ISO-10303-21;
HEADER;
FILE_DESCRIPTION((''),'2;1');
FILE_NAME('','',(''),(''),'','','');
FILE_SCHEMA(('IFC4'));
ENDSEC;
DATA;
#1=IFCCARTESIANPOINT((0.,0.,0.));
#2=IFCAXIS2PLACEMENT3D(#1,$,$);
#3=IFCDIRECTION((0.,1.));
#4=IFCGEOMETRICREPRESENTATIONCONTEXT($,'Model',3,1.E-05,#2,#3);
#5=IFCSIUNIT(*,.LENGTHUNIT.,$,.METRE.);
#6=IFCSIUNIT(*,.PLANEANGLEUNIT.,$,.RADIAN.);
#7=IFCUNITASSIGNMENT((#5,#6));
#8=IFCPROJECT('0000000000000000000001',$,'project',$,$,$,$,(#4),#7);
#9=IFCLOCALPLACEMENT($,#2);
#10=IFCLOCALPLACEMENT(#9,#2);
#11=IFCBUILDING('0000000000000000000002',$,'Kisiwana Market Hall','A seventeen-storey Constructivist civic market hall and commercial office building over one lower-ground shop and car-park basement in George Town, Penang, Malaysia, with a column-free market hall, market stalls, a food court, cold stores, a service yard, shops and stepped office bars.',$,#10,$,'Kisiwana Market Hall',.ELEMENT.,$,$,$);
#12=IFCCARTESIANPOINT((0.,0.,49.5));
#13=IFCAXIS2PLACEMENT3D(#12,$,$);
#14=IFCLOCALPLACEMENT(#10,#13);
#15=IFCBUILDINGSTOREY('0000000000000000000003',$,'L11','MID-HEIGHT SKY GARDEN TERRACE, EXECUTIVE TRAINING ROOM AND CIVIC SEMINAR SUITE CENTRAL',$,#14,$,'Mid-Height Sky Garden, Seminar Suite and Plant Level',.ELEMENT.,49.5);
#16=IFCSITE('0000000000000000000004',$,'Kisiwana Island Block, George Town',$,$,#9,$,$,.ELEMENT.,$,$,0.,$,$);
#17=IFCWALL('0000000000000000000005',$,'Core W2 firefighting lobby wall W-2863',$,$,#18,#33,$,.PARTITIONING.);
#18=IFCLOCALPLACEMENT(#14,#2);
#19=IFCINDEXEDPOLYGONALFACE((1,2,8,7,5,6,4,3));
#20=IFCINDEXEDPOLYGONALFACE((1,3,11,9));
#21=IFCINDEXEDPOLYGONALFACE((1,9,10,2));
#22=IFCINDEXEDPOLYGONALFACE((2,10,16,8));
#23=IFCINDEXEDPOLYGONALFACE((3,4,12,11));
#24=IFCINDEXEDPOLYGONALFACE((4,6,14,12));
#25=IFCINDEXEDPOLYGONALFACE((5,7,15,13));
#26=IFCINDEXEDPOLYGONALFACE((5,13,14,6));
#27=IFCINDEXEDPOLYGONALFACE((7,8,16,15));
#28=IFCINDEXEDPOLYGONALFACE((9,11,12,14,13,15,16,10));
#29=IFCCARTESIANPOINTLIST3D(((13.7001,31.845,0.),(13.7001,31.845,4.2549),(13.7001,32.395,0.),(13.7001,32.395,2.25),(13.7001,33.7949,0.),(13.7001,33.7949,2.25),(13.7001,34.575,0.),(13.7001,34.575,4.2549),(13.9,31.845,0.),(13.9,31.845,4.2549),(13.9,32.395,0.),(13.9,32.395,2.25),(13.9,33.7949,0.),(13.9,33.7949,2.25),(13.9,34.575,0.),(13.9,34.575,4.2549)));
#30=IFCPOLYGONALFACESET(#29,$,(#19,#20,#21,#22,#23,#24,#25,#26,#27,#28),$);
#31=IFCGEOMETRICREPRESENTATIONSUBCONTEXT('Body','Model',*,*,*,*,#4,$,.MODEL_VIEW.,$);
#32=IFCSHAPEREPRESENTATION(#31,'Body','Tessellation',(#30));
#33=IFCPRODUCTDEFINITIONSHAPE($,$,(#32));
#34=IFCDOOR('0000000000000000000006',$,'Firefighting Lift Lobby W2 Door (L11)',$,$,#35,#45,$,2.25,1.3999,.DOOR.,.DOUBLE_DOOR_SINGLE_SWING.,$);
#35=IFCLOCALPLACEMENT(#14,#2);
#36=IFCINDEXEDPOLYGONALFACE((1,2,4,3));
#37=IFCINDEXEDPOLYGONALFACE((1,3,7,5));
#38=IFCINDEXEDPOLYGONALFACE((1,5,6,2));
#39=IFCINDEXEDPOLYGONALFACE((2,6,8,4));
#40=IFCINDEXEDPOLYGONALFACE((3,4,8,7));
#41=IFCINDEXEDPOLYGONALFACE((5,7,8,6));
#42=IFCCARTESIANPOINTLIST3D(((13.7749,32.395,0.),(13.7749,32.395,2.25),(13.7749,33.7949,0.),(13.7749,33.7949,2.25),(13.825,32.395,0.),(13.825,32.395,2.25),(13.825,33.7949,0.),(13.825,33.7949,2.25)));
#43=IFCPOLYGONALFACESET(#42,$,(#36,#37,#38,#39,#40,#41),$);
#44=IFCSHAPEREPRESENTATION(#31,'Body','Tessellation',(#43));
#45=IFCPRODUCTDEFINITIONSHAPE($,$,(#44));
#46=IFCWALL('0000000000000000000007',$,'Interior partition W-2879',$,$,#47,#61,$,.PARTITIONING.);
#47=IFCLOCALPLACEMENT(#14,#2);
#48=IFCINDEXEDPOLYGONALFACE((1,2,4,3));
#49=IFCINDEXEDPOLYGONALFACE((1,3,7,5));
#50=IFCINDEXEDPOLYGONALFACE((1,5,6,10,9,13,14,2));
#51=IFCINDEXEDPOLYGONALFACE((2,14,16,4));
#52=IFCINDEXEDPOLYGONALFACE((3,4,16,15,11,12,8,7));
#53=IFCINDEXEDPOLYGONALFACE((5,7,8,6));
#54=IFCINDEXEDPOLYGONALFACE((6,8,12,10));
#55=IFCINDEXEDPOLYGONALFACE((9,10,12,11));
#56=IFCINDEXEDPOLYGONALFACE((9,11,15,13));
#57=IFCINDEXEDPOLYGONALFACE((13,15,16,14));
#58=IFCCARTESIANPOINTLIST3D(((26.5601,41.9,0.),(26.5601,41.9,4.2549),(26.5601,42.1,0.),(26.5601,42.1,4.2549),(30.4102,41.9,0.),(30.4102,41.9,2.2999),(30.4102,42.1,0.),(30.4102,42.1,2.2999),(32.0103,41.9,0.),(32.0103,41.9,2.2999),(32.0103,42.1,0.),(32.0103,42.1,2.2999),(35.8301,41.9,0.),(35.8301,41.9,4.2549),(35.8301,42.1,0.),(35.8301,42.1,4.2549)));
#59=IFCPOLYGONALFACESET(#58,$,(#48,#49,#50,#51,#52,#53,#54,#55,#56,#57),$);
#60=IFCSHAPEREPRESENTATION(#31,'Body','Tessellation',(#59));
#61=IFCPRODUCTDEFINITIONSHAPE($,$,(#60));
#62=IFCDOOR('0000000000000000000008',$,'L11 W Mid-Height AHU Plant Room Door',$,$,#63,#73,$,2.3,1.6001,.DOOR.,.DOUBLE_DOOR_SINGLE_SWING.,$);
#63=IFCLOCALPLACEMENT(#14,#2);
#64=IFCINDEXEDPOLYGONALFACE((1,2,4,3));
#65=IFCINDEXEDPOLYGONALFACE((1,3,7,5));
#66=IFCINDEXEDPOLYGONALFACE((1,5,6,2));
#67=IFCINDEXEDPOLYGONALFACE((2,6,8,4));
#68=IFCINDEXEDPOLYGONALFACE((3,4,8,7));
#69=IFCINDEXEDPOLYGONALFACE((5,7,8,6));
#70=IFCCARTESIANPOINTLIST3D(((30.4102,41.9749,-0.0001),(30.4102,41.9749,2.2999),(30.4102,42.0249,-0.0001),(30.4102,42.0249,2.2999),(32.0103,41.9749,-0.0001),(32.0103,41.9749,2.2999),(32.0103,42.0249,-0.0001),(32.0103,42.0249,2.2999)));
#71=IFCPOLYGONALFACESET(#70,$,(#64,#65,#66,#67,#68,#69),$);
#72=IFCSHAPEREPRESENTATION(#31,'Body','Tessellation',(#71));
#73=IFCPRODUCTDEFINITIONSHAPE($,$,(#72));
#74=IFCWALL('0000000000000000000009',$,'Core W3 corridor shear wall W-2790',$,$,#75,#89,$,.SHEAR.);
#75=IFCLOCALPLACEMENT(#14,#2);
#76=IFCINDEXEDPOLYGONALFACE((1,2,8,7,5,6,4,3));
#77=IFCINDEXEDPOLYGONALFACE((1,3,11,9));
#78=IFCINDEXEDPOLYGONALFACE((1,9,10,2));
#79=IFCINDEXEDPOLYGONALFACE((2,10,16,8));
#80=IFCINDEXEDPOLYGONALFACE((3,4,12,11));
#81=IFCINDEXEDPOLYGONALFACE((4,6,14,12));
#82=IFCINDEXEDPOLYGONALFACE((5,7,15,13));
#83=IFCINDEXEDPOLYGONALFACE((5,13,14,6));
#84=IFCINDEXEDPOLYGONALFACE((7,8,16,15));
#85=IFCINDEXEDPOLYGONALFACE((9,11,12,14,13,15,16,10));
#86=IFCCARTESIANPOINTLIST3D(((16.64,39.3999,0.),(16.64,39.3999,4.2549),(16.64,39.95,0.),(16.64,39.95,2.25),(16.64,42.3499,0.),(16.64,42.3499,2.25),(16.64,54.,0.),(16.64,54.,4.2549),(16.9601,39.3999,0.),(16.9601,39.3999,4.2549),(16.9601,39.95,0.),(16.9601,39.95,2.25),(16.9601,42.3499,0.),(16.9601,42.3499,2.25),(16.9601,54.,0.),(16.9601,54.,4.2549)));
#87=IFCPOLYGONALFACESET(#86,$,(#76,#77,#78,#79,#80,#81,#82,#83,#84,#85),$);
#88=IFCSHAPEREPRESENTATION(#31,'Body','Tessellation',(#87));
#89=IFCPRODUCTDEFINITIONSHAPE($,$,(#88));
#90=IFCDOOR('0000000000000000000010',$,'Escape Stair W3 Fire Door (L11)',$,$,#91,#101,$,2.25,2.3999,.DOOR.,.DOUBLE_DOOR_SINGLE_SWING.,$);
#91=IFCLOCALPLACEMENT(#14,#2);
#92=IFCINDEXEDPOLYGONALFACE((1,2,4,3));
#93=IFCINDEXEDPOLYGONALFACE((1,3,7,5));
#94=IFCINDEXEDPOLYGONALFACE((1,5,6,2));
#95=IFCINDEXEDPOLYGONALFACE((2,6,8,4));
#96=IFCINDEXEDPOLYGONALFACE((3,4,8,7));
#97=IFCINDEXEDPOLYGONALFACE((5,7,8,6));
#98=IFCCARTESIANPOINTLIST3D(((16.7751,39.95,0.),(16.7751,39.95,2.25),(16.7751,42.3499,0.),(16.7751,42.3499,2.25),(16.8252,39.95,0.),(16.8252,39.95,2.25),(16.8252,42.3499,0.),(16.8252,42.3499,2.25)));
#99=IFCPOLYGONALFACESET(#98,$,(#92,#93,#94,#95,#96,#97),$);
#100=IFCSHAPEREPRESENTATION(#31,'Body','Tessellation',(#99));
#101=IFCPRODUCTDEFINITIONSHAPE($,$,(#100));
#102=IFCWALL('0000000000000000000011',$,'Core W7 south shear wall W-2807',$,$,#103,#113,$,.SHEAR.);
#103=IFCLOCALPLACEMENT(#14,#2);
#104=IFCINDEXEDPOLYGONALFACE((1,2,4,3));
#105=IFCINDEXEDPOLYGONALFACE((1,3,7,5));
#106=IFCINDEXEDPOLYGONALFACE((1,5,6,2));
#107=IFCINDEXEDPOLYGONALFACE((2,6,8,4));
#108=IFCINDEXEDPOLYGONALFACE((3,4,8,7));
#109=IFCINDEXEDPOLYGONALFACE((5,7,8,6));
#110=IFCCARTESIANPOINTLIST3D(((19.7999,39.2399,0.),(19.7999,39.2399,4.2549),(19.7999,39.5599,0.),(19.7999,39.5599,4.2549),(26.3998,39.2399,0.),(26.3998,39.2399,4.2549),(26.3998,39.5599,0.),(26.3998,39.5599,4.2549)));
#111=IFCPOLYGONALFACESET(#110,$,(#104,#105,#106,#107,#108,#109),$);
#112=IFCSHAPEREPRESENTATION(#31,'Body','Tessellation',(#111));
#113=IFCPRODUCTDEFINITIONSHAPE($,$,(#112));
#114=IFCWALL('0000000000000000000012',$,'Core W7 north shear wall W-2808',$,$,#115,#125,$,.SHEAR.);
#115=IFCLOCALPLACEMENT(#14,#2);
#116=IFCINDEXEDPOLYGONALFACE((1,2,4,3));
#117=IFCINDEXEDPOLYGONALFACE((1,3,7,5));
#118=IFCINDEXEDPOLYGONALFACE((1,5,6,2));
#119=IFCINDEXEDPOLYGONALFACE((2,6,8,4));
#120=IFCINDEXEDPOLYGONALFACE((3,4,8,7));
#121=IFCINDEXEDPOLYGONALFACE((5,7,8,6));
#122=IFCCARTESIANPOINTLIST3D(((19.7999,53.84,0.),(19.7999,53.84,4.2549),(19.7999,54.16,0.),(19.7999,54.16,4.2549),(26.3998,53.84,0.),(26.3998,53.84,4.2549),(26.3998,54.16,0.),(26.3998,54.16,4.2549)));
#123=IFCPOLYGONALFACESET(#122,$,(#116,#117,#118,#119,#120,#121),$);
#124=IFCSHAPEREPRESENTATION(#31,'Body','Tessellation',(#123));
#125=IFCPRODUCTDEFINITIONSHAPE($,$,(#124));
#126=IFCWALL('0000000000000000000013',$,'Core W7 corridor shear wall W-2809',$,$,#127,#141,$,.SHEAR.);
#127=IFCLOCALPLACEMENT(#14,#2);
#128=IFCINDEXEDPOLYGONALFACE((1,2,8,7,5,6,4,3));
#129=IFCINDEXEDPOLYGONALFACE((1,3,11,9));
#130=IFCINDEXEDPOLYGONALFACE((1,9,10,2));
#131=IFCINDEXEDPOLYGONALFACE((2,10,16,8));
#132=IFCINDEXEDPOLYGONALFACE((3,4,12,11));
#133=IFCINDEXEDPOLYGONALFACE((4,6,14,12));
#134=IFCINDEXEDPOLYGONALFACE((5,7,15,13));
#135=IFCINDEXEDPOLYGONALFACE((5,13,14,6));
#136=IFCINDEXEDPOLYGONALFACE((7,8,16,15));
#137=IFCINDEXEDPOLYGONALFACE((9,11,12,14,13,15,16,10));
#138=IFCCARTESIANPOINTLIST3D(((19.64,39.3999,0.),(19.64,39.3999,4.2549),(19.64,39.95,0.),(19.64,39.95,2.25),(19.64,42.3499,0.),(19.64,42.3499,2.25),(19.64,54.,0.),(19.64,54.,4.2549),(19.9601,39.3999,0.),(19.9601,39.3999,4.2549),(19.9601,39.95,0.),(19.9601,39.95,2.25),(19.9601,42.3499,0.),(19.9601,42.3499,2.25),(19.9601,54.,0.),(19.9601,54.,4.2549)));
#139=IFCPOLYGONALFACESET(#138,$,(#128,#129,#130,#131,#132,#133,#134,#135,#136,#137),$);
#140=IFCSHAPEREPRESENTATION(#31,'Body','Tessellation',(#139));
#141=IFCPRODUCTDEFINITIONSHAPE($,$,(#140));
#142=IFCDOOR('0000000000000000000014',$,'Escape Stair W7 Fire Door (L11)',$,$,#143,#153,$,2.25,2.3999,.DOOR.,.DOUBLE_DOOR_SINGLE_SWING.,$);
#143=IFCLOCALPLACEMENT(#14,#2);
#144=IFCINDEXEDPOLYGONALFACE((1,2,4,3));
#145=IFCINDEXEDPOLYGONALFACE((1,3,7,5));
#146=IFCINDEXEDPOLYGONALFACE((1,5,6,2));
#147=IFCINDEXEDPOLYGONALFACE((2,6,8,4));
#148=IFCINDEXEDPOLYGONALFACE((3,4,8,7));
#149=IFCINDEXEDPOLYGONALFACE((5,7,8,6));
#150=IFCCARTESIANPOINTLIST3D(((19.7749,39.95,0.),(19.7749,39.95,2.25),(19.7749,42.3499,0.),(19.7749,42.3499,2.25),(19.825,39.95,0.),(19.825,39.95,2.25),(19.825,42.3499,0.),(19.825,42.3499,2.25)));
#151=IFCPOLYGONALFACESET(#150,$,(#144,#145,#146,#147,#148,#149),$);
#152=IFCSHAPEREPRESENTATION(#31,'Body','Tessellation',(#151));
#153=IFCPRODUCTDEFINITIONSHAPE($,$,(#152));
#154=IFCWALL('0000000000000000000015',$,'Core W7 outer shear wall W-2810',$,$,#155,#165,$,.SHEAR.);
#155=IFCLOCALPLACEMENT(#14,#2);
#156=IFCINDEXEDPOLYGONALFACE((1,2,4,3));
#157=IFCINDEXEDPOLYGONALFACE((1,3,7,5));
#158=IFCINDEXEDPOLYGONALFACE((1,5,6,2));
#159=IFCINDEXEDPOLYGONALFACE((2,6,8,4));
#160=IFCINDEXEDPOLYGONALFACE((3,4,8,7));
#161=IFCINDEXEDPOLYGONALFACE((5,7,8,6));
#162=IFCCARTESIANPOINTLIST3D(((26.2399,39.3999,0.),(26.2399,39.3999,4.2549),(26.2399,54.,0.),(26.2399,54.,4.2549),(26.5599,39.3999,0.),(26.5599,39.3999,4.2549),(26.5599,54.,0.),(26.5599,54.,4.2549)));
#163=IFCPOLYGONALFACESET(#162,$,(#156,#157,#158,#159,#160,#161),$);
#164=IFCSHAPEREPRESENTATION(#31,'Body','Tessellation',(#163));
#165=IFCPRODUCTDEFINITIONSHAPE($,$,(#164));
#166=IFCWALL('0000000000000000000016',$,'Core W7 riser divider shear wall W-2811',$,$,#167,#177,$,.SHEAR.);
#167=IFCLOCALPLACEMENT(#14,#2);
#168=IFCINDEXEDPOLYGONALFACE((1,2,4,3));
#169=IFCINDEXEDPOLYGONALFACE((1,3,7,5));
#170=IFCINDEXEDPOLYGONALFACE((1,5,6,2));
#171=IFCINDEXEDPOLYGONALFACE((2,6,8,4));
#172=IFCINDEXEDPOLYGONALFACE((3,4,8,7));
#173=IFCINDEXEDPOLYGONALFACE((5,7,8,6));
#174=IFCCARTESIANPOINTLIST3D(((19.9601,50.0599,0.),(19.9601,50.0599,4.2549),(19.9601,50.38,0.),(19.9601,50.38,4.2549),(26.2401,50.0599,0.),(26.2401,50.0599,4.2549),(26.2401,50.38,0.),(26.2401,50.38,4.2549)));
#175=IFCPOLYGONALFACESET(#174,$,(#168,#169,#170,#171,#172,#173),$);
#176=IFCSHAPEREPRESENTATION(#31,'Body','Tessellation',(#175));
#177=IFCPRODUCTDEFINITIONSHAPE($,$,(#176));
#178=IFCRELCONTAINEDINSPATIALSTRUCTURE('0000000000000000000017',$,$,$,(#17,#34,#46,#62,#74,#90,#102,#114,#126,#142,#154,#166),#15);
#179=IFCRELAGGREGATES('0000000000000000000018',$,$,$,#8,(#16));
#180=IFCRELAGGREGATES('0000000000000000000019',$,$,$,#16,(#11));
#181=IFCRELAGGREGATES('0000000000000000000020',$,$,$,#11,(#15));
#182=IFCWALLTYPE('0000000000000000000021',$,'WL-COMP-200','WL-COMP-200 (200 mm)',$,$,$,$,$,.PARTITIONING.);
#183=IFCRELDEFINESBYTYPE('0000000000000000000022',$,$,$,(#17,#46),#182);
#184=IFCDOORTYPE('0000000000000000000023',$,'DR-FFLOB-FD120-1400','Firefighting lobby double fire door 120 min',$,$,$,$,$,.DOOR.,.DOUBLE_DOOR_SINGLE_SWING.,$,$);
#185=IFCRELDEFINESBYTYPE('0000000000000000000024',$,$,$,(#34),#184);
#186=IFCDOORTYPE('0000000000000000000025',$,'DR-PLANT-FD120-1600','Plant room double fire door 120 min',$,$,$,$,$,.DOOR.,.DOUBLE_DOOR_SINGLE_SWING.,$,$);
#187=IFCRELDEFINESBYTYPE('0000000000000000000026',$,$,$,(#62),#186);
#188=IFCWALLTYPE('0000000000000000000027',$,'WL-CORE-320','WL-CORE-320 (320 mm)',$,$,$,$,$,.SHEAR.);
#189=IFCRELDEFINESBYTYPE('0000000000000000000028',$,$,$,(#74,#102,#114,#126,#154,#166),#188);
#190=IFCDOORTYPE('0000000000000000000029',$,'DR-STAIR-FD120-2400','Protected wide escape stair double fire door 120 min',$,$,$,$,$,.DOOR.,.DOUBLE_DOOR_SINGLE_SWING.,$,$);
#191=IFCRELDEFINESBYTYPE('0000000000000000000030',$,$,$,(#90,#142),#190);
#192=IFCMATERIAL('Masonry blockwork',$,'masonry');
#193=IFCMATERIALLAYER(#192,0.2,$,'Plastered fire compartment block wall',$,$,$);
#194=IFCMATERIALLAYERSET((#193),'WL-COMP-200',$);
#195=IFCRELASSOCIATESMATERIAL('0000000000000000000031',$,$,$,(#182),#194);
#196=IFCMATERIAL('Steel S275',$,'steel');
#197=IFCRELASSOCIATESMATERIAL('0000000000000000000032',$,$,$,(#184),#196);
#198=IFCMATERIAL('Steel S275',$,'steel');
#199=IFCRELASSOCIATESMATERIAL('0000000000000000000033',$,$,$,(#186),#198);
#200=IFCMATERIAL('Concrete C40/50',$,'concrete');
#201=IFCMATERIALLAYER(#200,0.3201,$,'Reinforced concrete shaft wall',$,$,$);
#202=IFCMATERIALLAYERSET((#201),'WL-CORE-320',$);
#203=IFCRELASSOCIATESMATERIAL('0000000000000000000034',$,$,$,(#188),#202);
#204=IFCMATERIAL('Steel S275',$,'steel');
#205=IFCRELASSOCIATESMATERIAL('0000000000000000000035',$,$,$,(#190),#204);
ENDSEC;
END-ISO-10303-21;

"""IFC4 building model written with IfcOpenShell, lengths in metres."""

from ifc_helpers import new_model, si_unit, direction, frame, frame_2d, origin, place, context, subcontext, project, spatial, rectangle, extrude, material, layer, layer_set, type_object, element, fill, save


model = new_model("IFC4")

# Units and contexts
model_context = context("Model", 3, precision=1e-05, world=origin(), true_north=direction((0.0, 1.0)))
body_context = subcontext(model_context, "Body", "Model", "MODEL_VIEW")
ifc_project = project(units=[si_unit("LENGTHUNIT", "METRE"), si_unit("PLANEANGLEUNIT", "RADIAN")], contexts=[model_context])

# Site, building, storey
site_placement = place(None, origin())
site = spatial("IfcSite", under=ifc_project, at=site_placement, Name="Kisiwana Island Block, George Town", CompositionType="ELEMENT", RefElevation=0.0)
building_placement = place(site_placement, origin())
building = spatial("IfcBuilding", under=site, at=building_placement, Name="Kisiwana Market Hall", Description="A seventeen-storey Constructivist civic market hall and commercial office building over one lower-ground shop and car-park basement in George Town, Penang, Malaysia, with a column-free market hall, market stalls, a food court, cold stores, a service yard, shops and stepped office bars.", LongName="Kisiwana Market Hall", CompositionType="ELEMENT")
storey_placement = place(building_placement, frame((0.0, 0.0, 49.5)))
storey = spatial("IfcBuildingStorey", under=building, at=storey_placement, Name="L11", Description="MID-HEIGHT SKY GARDEN TERRACE, EXECUTIVE TRAINING ROOM AND CIVIC SEMINAR SUITE CENTRAL", LongName="Mid-Height Sky Garden, Seminar Suite and Plant Level", CompositionType="ELEMENT", Elevation=49.5)

# Walls, openings, doors
ifc_material_1 = material(Name="Masonry blockwork", Category="masonry")
ifc_layer_1 = layer(ifc_material_1, 0.2, Name="Plastered fire compartment block wall")
ifc_layer_set_1 = layer_set([ifc_layer_1], Name="WL-COMP-200")
wall_type_1 = type_object("IfcWallType", Name="WL-COMP-200", Description="WL-COMP-200 (200 mm)", PredefinedType="PARTITIONING", material=ifc_layer_set_1)
wall_1_placement = place(storey_placement, frame((13.8, 31.845, 0.0), z_axis=(0.0, 0.0, 1.0), x_axis=(0.0, 1.0, 0.0)))
wall_1 = element("IfcWall", 1, at=wall_1_placement, inside=storey, type_object=wall_type_1, Name="Core W2 firefighting lobby wall W-2863", PredefinedType="PARTITIONING", context=body_context, shape_type="SweptSolid", body=[
    extrude(rectangle(XDim=2.73, YDim=0.2, at=frame_2d((1.365, 0.0))), origin(), (0.0, 0.0, 1.0), 4.2549),
])
opening_1_placement = place(wall_1_placement, frame((0.55, 0.0, 0.0)))
opening_1 = element("IfcOpeningElement", 2, at=opening_1_placement, cuts=wall_1, PredefinedType="OPENING", context=body_context, shape_type="SweptSolid", body=[
    extrude(rectangle(XDim=1.3999, YDim=2.25, at=frame_2d((0.7, 1.125))), frame((0.0, 0.1118, 0.0), z_axis=(0.0, -1.0, 0.0), x_axis=(1.0, 0.0, 0.0)), (0.0, 0.0, 1.0), 0.2239),
])
ifc_material_2 = material(Name="Steel S275", Category="steel")
door_type_1 = type_object("IfcDoorType", Name="DR-FFLOB-FD120-1400", Description="Firefighting lobby double fire door 120 min", OperationType="DOUBLE_DOOR_SINGLE_SWING", PredefinedType="DOOR", material=ifc_material_2)
door_1_placement = place(opening_1_placement, frame((1.3999, 0.0, 0.0), z_axis=(0.0, 0.0, 1.0), x_axis=(-1.0, 0.0, 0.0)))
door_1 = element("IfcDoor", 3, at=door_1_placement, inside=storey, type_object=door_type_1, Name="Firefighting Lift Lobby W2 Door (L11)", OperationType="DOUBLE_DOOR_SINGLE_SWING", OverallHeight=2.25, OverallWidth=1.3999, PredefinedType="DOOR", context=body_context, shape_type="SweptSolid", body=[
    extrude(rectangle(XDim=1.3999, YDim=2.25, at=frame_2d((0.7, 1.125))), frame((0.0, 0.0249, 0.0), z_axis=(0.0, -1.0, 0.0), x_axis=(1.0, 0.0, 0.0)), (0.0, 0.0, 1.0), 0.05),
])
fill(opening_1, door_1)
wall_2_placement = place(storey_placement, frame((26.5601, 42.0, 0.0), z_axis=(0.0, 0.0, 1.0), x_axis=(1.0, 0.0, 0.0)))
wall_2 = element("IfcWall", 4, at=wall_2_placement, inside=storey, type_object=wall_type_1, Name="Interior partition W-2879", PredefinedType="PARTITIONING", context=body_context, shape_type="SweptSolid", body=[
    extrude(rectangle(XDim=9.27, YDim=0.2, at=frame_2d((4.635, 0.0))), origin(), (0.0, 0.0, 1.0), 4.2549),
])
opening_2_placement = place(wall_2_placement, frame((3.8501, 0.0, 0.0)))
opening_2 = element("IfcOpeningElement", 5, at=opening_2_placement, cuts=wall_2, PredefinedType="OPENING", context=body_context, shape_type="SweptSolid", body=[
    extrude(rectangle(XDim=1.6001, YDim=2.3, at=frame_2d((0.8, 1.1499))), frame((0.0, 0.1118, 0.0), z_axis=(0.0, -1.0, 0.0), x_axis=(1.0, 0.0, 0.0)), (0.0, 0.0, 1.0), 0.2239),
])
ifc_material_3 = material(Name="Steel S275", Category="steel")
door_type_2 = type_object("IfcDoorType", Name="DR-PLANT-FD120-1600", Description="Plant room double fire door 120 min", OperationType="DOUBLE_DOOR_SINGLE_SWING", PredefinedType="DOOR", material=ifc_material_3)
door_2_placement = place(opening_2_placement, origin())
door_2 = element("IfcDoor", 6, at=door_2_placement, inside=storey, type_object=door_type_2, Name="L11 W Mid-Height AHU Plant Room Door", OperationType="DOUBLE_DOOR_SINGLE_SWING", OverallHeight=2.3, OverallWidth=1.6001, PredefinedType="DOOR", context=body_context, shape_type="SweptSolid", body=[
    extrude(rectangle(XDim=1.6001, YDim=2.3, at=frame_2d((0.8, 1.1499))), frame((0.0, 0.0249, 0.0), z_axis=(0.0, -1.0, 0.0), x_axis=(1.0, 0.0, 0.0)), (0.0, 0.0, 1.0), 0.05),
])
fill(opening_2, door_2)
ifc_material_4 = material(Name="Concrete C40/50", Category="concrete")
ifc_layer_2 = layer(ifc_material_4, 0.3201, Name="Reinforced concrete shaft wall")
ifc_layer_set_2 = layer_set([ifc_layer_2], Name="WL-CORE-320")
wall_type_2 = type_object("IfcWallType", Name="WL-CORE-320", Description="WL-CORE-320 (320 mm)", PredefinedType="SHEAR", material=ifc_layer_set_2)
wall_3_placement = place(storey_placement, frame((16.8, 39.3999, 0.0), z_axis=(0.0, 0.0, 1.0), x_axis=(0.0, 1.0, 0.0)))
wall_3 = element("IfcWall", 7, at=wall_3_placement, inside=storey, type_object=wall_type_2, Name="Core W3 corridor shear wall W-2790", PredefinedType="SHEAR", context=body_context, shape_type="SweptSolid", body=[
    extrude(rectangle(XDim=14.6001, YDim=0.3201, at=frame_2d((7.3, 0.0))), origin(), (0.0, 0.0, 1.0), 4.2549),
])
opening_3_placement = place(wall_3_placement, frame((0.55, 0.0, 0.0)))
opening_3 = element("IfcOpeningElement", 8, at=opening_3_placement, cuts=wall_3, PredefinedType="OPENING", context=body_context, shape_type="SweptSolid", body=[
    extrude(rectangle(XDim=2.3999, YDim=2.25, at=frame_2d((1.2, 1.125))), frame((0.0, 0.1719, 0.0), z_axis=(0.0, -1.0, 0.0), x_axis=(1.0, 0.0, 0.0)), (0.0, 0.0, 1.0), 0.344),
])
ifc_material_5 = material(Name="Steel S275", Category="steel")
door_type_3 = type_object("IfcDoorType", Name="DR-STAIR-FD120-2400", Description="Protected wide escape stair double fire door 120 min", OperationType="DOUBLE_DOOR_SINGLE_SWING", PredefinedType="DOOR", material=ifc_material_5)
door_3_placement = place(opening_3_placement, origin())
door_3 = element("IfcDoor", 9, at=door_3_placement, inside=storey, type_object=door_type_3, Name="Escape Stair W3 Fire Door (L11)", OperationType="DOUBLE_DOOR_SINGLE_SWING", OverallHeight=2.25, OverallWidth=2.3999, PredefinedType="DOOR", context=body_context, shape_type="SweptSolid", body=[
    extrude(rectangle(XDim=2.3999, YDim=2.25, at=frame_2d((1.2, 1.125))), frame((0.0, 0.0249, 0.0), z_axis=(0.0, -1.0, 0.0), x_axis=(1.0, 0.0, 0.0)), (0.0, 0.0, 1.0), 0.05),
])
fill(opening_3, door_3)

# Walls
for number, where, z_axis, x_axis, name in (
    (10, (19.8, 39.3999, 0.0), (0.0, 0.0, 1.0), (1.0, 0.0, 0.0), "Core W7 south shear wall W-2807"),
    (11, (19.8, 54.0, 0.0), (0.0, 0.0, 1.0), (1.0, 0.0, 0.0), "Core W7 north shear wall W-2808"),
):
    element("IfcWall", number, at=place(storey_placement, frame(where, z_axis=z_axis, x_axis=x_axis)), inside=storey, type_object=wall_type_2, Name=name, PredefinedType="SHEAR", context=body_context, shape_type="SweptSolid", body=[
        extrude(rectangle(XDim=6.5999, YDim=0.3201, at=frame_2d((3.2998, 0.0))), origin(), (0.0, 0.0, 1.0), 4.2549),
    ])

# Wall, opening, door
wall_4_placement = place(storey_placement, frame((19.8, 39.3999, 0.0), z_axis=(0.0, 0.0, 1.0), x_axis=(0.0, 1.0, 0.0)))
wall_4 = element("IfcWall", 12, at=wall_4_placement, inside=storey, type_object=wall_type_2, Name="Core W7 corridor shear wall W-2809", PredefinedType="SHEAR", context=body_context, shape_type="SweptSolid", body=[
    extrude(rectangle(XDim=14.6001, YDim=0.3201, at=frame_2d((7.3, 0.0))), origin(), (0.0, 0.0, 1.0), 4.2549),
])
opening_4_placement = place(wall_4_placement, frame((0.55, 0.0, 0.0)))
opening_4 = element("IfcOpeningElement", 13, at=opening_4_placement, cuts=wall_4, PredefinedType="OPENING", context=body_context, shape_type="SweptSolid", body=[
    extrude(rectangle(XDim=2.3999, YDim=2.25, at=frame_2d((1.2, 1.125))), frame((0.0, 0.1719, 0.0), z_axis=(0.0, -1.0, 0.0), x_axis=(1.0, 0.0, 0.0)), (0.0, 0.0, 1.0), 0.344),
])
door_4_placement = place(opening_4_placement, frame((2.3999, 0.0, 0.0), z_axis=(0.0, 0.0, 1.0), x_axis=(-1.0, 0.0, 0.0)))
door_4 = element("IfcDoor", 14, at=door_4_placement, inside=storey, type_object=door_type_3, Name="Escape Stair W7 Fire Door (L11)", OperationType="DOUBLE_DOOR_SINGLE_SWING", OverallHeight=2.25, OverallWidth=2.3999, PredefinedType="DOOR", context=body_context, shape_type="SweptSolid", body=[
    extrude(rectangle(XDim=2.3999, YDim=2.25, at=frame_2d((1.2, 1.125))), frame((0.0, 0.0249, 0.0), z_axis=(0.0, -1.0, 0.0), x_axis=(1.0, 0.0, 0.0)), (0.0, 0.0, 1.0), 0.05),
])
fill(opening_4, door_4)

# Walls
wall_5_placement = place(storey_placement, frame((26.3999, 39.3999, 0.0), z_axis=(0.0, 0.0, 1.0), x_axis=(0.0, 1.0, 0.0)))
element("IfcWall", 15, at=wall_5_placement, inside=storey, type_object=wall_type_2, Name="Core W7 outer shear wall W-2810", PredefinedType="SHEAR", context=body_context, shape_type="SweptSolid", body=[
    extrude(rectangle(XDim=14.6001, YDim=0.3201, at=frame_2d((7.3, 0.0))), origin(), (0.0, 0.0, 1.0), 4.2549),
])
wall_6_placement = place(storey_placement, frame((19.96, 50.22, 0.0), z_axis=(0.0, 0.0, 1.0), x_axis=(1.0, 0.0, 0.0)))
element("IfcWall", 16, at=wall_6_placement, inside=storey, type_object=wall_type_2, Name="Core W7 riser divider shear wall W-2811", PredefinedType="SHEAR", context=body_context, shape_type="SweptSolid", body=[
    extrude(rectangle(XDim=6.28, YDim=0.3201, at=frame_2d((3.1401, 0.0))), origin(), (0.0, 0.0, 1.0), 4.2549),
])

save(model, "model.ifc")
